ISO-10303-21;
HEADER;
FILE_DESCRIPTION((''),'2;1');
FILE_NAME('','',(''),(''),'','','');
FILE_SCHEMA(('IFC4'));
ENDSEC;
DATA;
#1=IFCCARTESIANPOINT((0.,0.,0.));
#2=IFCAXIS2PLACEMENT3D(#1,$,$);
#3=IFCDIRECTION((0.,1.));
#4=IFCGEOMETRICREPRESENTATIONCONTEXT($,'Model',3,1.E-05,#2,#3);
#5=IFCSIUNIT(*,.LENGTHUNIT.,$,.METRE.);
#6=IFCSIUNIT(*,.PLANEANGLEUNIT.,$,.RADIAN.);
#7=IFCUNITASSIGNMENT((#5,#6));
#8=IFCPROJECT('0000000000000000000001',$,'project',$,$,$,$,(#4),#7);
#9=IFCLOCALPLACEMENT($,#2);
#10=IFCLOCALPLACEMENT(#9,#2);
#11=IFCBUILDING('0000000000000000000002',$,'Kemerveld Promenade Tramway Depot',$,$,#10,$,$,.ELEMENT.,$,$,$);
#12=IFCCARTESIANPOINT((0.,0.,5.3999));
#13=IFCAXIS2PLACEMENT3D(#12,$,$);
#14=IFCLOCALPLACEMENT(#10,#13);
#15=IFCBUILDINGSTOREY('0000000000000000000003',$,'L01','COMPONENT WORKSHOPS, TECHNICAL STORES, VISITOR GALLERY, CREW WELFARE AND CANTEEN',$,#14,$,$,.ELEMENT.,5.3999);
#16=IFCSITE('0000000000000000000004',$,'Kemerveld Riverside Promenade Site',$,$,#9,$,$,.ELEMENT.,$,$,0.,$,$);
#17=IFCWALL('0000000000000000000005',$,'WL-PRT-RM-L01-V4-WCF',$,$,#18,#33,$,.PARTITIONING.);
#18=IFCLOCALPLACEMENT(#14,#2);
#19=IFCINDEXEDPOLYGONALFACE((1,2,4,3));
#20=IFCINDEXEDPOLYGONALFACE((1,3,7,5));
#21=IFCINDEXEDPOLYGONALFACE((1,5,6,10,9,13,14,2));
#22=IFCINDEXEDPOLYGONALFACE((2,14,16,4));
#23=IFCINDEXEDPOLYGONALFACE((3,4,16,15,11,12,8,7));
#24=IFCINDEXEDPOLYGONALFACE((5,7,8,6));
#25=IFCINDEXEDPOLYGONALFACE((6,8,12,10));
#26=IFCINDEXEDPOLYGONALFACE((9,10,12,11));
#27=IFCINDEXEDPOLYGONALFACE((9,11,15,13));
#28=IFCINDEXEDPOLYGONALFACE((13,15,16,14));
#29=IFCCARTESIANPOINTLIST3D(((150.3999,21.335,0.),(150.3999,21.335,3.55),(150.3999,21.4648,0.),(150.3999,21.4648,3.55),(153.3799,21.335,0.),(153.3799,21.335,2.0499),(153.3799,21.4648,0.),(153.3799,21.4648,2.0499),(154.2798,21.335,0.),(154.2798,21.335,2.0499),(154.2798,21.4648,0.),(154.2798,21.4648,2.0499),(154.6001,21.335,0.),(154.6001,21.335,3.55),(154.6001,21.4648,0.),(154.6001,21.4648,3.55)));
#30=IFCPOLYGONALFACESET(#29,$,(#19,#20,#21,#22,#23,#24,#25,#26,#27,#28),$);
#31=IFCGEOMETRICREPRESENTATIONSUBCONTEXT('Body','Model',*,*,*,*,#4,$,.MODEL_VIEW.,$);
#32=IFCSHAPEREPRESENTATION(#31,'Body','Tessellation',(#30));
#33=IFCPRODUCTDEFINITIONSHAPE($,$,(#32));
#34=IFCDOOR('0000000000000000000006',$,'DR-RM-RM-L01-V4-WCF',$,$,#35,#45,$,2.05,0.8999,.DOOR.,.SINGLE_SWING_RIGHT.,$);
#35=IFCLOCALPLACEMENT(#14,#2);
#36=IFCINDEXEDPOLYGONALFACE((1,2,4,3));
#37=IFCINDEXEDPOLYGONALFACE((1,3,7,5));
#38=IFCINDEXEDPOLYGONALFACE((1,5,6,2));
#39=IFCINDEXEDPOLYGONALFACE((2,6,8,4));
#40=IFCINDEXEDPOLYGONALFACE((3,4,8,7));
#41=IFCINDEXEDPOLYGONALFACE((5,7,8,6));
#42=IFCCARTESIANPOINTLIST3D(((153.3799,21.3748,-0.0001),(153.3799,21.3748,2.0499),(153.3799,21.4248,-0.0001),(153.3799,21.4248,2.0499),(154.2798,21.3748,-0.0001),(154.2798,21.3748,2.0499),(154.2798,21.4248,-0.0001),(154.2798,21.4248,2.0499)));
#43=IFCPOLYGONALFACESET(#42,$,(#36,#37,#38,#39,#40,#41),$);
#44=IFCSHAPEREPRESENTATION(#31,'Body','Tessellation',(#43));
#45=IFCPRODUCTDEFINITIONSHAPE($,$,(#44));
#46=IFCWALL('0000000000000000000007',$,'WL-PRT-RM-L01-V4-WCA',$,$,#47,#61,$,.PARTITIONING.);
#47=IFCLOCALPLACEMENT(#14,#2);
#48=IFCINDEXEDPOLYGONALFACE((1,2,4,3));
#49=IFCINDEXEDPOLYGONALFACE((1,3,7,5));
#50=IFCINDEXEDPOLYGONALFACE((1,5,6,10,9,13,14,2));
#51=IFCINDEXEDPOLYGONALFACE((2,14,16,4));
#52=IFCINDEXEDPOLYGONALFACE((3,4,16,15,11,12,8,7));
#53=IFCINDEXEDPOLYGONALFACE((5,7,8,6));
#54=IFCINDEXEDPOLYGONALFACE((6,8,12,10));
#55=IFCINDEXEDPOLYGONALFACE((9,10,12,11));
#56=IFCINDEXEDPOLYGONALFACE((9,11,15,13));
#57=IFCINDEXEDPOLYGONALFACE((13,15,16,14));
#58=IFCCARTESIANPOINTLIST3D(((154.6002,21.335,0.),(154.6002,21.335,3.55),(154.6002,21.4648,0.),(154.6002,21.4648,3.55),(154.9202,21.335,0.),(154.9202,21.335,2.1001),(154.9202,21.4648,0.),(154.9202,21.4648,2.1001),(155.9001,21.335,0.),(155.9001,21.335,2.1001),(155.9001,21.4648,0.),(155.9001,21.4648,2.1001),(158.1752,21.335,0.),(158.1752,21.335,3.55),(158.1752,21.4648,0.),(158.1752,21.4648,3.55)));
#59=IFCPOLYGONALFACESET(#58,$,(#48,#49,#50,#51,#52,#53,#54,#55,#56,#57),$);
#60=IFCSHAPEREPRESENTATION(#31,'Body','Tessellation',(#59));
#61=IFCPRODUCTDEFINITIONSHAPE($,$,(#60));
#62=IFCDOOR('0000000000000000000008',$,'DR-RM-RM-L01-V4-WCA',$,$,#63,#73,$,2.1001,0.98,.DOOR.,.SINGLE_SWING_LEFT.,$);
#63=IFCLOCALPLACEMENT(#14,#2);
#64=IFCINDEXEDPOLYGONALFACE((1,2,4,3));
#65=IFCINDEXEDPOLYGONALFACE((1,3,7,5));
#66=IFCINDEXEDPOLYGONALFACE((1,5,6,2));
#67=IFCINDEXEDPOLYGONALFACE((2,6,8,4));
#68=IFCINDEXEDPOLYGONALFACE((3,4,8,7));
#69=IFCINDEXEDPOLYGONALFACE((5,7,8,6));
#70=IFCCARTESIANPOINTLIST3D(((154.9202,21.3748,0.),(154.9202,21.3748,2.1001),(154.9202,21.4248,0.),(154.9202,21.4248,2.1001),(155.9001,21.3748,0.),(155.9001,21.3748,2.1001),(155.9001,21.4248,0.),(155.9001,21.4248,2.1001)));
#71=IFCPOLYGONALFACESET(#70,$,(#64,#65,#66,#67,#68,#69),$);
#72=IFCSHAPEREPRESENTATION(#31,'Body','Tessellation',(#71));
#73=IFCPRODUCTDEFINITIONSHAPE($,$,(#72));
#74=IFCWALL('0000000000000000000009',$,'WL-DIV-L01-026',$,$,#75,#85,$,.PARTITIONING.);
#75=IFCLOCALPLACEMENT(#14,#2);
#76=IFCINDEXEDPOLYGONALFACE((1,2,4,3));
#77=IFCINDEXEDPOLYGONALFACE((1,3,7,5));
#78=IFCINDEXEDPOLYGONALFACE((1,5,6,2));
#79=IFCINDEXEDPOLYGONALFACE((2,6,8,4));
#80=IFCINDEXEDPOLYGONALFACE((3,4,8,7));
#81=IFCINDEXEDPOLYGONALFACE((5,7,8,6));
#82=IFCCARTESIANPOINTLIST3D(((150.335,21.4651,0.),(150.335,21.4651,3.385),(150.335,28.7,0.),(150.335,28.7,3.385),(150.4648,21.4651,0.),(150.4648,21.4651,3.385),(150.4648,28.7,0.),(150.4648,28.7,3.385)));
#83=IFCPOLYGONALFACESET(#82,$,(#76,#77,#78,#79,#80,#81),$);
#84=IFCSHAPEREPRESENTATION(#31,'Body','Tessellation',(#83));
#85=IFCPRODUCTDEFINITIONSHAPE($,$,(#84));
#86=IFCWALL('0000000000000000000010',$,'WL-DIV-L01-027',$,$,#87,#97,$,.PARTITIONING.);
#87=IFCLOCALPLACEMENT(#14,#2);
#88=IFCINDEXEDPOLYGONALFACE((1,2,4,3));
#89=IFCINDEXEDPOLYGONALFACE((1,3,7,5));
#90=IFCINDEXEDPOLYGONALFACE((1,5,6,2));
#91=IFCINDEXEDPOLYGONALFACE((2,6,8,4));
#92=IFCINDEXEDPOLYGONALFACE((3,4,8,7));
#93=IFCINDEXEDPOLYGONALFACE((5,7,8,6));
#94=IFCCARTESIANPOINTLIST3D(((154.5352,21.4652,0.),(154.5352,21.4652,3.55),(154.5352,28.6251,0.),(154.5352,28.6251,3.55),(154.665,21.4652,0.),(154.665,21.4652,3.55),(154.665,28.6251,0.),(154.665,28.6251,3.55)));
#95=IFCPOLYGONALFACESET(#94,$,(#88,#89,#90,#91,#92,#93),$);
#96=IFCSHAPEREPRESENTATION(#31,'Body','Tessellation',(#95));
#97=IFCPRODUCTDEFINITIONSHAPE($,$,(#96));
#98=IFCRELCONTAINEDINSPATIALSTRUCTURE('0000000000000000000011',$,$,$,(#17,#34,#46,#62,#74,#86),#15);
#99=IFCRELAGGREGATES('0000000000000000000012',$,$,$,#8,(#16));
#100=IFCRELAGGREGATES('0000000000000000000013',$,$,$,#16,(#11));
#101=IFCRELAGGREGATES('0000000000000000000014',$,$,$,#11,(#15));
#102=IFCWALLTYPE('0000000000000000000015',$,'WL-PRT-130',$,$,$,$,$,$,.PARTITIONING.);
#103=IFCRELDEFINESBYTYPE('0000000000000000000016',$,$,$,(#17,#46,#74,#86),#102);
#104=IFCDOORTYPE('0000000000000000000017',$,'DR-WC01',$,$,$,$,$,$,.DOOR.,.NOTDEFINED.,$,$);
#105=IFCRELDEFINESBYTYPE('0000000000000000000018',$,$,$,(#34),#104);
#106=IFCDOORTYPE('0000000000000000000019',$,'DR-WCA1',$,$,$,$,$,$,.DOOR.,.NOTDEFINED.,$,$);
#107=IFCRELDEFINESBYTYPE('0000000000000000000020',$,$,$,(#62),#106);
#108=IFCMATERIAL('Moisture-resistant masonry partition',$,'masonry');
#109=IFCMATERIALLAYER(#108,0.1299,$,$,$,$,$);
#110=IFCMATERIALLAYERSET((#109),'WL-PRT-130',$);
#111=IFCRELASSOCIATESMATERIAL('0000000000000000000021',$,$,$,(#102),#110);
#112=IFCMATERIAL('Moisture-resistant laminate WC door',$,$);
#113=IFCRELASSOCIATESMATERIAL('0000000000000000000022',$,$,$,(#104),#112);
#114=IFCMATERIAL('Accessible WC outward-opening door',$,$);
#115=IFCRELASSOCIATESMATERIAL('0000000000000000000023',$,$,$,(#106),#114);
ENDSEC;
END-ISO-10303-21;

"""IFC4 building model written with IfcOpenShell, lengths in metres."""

from ifc_helpers import new_model, si_unit, direction, frame, frame_2d, origin, place, context, subcontext, project, spatial, rectangle, extrude, material, layer, layer_set, type_object, element, fill, save


model = new_model("IFC4")

# Units and contexts
model_context = context("Model", 3, precision=1e-05, world=origin(), true_north=direction((0.0, 1.0)))
body_context = subcontext(model_context, "Body", "Model", "MODEL_VIEW")
ifc_project = project(units=[si_unit("LENGTHUNIT", "METRE"), si_unit("PLANEANGLEUNIT", "RADIAN")], contexts=[model_context])

# Site, building, storey
site_placement = place(None, origin())
site = spatial("IfcSite", under=ifc_project, at=site_placement, Name="Kemerveld Riverside Promenade Site", CompositionType="ELEMENT", RefElevation=0.0)
building_placement = place(site_placement, origin())
building = spatial("IfcBuilding", under=site, at=building_placement, Name="Kemerveld Promenade Tramway Depot", CompositionType="ELEMENT")
storey_placement = place(building_placement, frame((0.0, 0.0, 5.3999)))
storey = spatial("IfcBuildingStorey", under=building, at=storey_placement, Name="L01", Description="COMPONENT WORKSHOPS, TECHNICAL STORES, VISITOR GALLERY, CREW WELFARE AND CANTEEN", CompositionType="ELEMENT", Elevation=5.3999)

# Walls, openings, doors
ifc_material_1 = material(Name="Moisture-resistant masonry partition", Category="masonry")
ifc_layer = layer(ifc_material_1, 0.1299)
ifc_layer_set = layer_set([ifc_layer], Name="WL-PRT-130")
wall_type = type_object("IfcWallType", Name="WL-PRT-130", PredefinedType="PARTITIONING", material=ifc_layer_set)
wall_1_placement = place(storey_placement, frame((150.3999, 21.3999, 0.0), z_axis=(0.0, 0.0, 1.0), x_axis=(1.0, 0.0, 0.0)))
wall_1 = element("IfcWall", 1, at=wall_1_placement, inside=storey, type_object=wall_type, Name="WL-PRT-RM-L01-V4-WCF", PredefinedType="PARTITIONING", context=body_context, shape_type="SweptSolid", body=[
    extrude(rectangle(XDim=4.2002, YDim=0.1299, at=frame_2d((2.1001, 0.0))), origin(), (0.0, 0.0, 1.0), 3.55),
])
opening_1_placement = place(wall_1_placement, frame((2.98, 0.0, 0.0)))
opening_1 = element("IfcOpeningElement", 2, at=opening_1_placement, cuts=wall_1, PredefinedType="OPENING", context=body_context, shape_type="SweptSolid", body=[
    extrude(rectangle(XDim=0.8999, YDim=2.05, at=frame_2d((0.45, 1.0249))), frame((0.0, 0.075, 0.0), z_axis=(0.0, -1.0, 0.0), x_axis=(1.0, 0.0, 0.0)), (0.0, 0.0, 1.0), 0.1499),
])
ifc_material_2 = material(Name="Moisture-resistant laminate WC door")
door_type_1 = type_object("IfcDoorType", Name="DR-WC01", OperationType="NOTDEFINED", PredefinedType="DOOR", material=ifc_material_2)
door_1_placement = place(opening_1_placement, origin())
door_1 = element("IfcDoor", 3, at=door_1_placement, inside=storey, type_object=door_type_1, Name="DR-RM-RM-L01-V4-WCF", OperationType="SINGLE_SWING_RIGHT", OverallHeight=2.05, OverallWidth=0.8999, PredefinedType="DOOR", context=body_context, shape_type="SweptSolid", body=[
    extrude(rectangle(XDim=0.8999, YDim=2.05, at=frame_2d((0.45, 1.0249))), frame((0.0, 0.0249, 0.0), z_axis=(0.0, -1.0, 0.0), x_axis=(1.0, 0.0, 0.0)), (0.0, 0.0, 1.0), 0.05),
])
fill(opening_1, door_1)
wall_2_placement = place(storey_placement, frame((154.6001, 21.3999, 0.0), z_axis=(0.0, 0.0, 1.0), x_axis=(1.0, 0.0, 0.0)))
wall_2 = element("IfcWall", 4, at=wall_2_placement, inside=storey, type_object=wall_type, Name="WL-PRT-RM-L01-V4-WCA", PredefinedType="PARTITIONING", context=body_context, shape_type="SweptSolid", body=[
    extrude(rectangle(XDim=3.575, YDim=0.1299, at=frame_2d((1.7876, 0.0))), origin(), (0.0, 0.0, 1.0), 3.55),
])
opening_2_placement = place(wall_2_placement, frame((0.3201, 0.0, 0.0)))
opening_2 = element("IfcOpeningElement", 5, at=opening_2_placement, cuts=wall_2, PredefinedType="OPENING", context=body_context, shape_type="SweptSolid", body=[
    extrude(rectangle(XDim=0.98, YDim=2.1001, at=frame_2d((0.49, 1.05))), frame((0.0, 0.075, 0.0), z_axis=(0.0, -1.0, 0.0), x_axis=(1.0, 0.0, 0.0)), (0.0, 0.0, 1.0), 0.1499),
])
ifc_material_3 = material(Name="Accessible WC outward-opening door")
door_type_2 = type_object("IfcDoorType", Name="DR-WCA1", OperationType="NOTDEFINED", PredefinedType="DOOR", material=ifc_material_3)
door_2_placement = place(opening_2_placement, origin())
door_2 = element("IfcDoor", 6, at=door_2_placement, inside=storey, type_object=door_type_2, Name="DR-RM-RM-L01-V4-WCA", OperationType="SINGLE_SWING_LEFT", OverallHeight=2.1001, OverallWidth=0.98, PredefinedType="DOOR", context=body_context, shape_type="SweptSolid", body=[
    extrude(rectangle(XDim=0.98, YDim=2.1001, at=frame_2d((0.49, 1.05))), frame((0.0, 0.0249, 0.0), z_axis=(0.0, -1.0, 0.0), x_axis=(1.0, 0.0, 0.0)), (0.0, 0.0, 1.0), 0.05),
])
fill(opening_2, door_2)

# Walls
wall_3_placement = place(storey_placement, frame((150.3999, 21.4651, 0.0), z_axis=(0.0, 0.0, 1.0), x_axis=(0.0, 1.0, 0.0)))
element("IfcWall", 7, at=wall_3_placement, inside=storey, type_object=wall_type, Name="WL-DIV-L01-026", PredefinedType="PARTITIONING", context=body_context, shape_type="SweptSolid", body=[
    extrude(rectangle(XDim=7.2349, YDim=0.1299, at=frame_2d((3.6174, 0.0))), origin(), (0.0, 0.0, 1.0), 3.385),
])
wall_4_placement = place(storey_placement, frame((154.6001, 21.4651, 0.0), z_axis=(0.0, 0.0, 1.0), x_axis=(0.0, 1.0, 0.0)))
element("IfcWall", 8, at=wall_4_placement, inside=storey, type_object=wall_type, Name="WL-DIV-L01-027", PredefinedType="PARTITIONING", context=body_context, shape_type="SweptSolid", body=[
    extrude(rectangle(XDim=7.1599, YDim=0.1299, at=frame_2d((3.5801, 0.0))), origin(), (0.0, 0.0, 1.0), 3.55),
])

save(model, "model.ifc")
